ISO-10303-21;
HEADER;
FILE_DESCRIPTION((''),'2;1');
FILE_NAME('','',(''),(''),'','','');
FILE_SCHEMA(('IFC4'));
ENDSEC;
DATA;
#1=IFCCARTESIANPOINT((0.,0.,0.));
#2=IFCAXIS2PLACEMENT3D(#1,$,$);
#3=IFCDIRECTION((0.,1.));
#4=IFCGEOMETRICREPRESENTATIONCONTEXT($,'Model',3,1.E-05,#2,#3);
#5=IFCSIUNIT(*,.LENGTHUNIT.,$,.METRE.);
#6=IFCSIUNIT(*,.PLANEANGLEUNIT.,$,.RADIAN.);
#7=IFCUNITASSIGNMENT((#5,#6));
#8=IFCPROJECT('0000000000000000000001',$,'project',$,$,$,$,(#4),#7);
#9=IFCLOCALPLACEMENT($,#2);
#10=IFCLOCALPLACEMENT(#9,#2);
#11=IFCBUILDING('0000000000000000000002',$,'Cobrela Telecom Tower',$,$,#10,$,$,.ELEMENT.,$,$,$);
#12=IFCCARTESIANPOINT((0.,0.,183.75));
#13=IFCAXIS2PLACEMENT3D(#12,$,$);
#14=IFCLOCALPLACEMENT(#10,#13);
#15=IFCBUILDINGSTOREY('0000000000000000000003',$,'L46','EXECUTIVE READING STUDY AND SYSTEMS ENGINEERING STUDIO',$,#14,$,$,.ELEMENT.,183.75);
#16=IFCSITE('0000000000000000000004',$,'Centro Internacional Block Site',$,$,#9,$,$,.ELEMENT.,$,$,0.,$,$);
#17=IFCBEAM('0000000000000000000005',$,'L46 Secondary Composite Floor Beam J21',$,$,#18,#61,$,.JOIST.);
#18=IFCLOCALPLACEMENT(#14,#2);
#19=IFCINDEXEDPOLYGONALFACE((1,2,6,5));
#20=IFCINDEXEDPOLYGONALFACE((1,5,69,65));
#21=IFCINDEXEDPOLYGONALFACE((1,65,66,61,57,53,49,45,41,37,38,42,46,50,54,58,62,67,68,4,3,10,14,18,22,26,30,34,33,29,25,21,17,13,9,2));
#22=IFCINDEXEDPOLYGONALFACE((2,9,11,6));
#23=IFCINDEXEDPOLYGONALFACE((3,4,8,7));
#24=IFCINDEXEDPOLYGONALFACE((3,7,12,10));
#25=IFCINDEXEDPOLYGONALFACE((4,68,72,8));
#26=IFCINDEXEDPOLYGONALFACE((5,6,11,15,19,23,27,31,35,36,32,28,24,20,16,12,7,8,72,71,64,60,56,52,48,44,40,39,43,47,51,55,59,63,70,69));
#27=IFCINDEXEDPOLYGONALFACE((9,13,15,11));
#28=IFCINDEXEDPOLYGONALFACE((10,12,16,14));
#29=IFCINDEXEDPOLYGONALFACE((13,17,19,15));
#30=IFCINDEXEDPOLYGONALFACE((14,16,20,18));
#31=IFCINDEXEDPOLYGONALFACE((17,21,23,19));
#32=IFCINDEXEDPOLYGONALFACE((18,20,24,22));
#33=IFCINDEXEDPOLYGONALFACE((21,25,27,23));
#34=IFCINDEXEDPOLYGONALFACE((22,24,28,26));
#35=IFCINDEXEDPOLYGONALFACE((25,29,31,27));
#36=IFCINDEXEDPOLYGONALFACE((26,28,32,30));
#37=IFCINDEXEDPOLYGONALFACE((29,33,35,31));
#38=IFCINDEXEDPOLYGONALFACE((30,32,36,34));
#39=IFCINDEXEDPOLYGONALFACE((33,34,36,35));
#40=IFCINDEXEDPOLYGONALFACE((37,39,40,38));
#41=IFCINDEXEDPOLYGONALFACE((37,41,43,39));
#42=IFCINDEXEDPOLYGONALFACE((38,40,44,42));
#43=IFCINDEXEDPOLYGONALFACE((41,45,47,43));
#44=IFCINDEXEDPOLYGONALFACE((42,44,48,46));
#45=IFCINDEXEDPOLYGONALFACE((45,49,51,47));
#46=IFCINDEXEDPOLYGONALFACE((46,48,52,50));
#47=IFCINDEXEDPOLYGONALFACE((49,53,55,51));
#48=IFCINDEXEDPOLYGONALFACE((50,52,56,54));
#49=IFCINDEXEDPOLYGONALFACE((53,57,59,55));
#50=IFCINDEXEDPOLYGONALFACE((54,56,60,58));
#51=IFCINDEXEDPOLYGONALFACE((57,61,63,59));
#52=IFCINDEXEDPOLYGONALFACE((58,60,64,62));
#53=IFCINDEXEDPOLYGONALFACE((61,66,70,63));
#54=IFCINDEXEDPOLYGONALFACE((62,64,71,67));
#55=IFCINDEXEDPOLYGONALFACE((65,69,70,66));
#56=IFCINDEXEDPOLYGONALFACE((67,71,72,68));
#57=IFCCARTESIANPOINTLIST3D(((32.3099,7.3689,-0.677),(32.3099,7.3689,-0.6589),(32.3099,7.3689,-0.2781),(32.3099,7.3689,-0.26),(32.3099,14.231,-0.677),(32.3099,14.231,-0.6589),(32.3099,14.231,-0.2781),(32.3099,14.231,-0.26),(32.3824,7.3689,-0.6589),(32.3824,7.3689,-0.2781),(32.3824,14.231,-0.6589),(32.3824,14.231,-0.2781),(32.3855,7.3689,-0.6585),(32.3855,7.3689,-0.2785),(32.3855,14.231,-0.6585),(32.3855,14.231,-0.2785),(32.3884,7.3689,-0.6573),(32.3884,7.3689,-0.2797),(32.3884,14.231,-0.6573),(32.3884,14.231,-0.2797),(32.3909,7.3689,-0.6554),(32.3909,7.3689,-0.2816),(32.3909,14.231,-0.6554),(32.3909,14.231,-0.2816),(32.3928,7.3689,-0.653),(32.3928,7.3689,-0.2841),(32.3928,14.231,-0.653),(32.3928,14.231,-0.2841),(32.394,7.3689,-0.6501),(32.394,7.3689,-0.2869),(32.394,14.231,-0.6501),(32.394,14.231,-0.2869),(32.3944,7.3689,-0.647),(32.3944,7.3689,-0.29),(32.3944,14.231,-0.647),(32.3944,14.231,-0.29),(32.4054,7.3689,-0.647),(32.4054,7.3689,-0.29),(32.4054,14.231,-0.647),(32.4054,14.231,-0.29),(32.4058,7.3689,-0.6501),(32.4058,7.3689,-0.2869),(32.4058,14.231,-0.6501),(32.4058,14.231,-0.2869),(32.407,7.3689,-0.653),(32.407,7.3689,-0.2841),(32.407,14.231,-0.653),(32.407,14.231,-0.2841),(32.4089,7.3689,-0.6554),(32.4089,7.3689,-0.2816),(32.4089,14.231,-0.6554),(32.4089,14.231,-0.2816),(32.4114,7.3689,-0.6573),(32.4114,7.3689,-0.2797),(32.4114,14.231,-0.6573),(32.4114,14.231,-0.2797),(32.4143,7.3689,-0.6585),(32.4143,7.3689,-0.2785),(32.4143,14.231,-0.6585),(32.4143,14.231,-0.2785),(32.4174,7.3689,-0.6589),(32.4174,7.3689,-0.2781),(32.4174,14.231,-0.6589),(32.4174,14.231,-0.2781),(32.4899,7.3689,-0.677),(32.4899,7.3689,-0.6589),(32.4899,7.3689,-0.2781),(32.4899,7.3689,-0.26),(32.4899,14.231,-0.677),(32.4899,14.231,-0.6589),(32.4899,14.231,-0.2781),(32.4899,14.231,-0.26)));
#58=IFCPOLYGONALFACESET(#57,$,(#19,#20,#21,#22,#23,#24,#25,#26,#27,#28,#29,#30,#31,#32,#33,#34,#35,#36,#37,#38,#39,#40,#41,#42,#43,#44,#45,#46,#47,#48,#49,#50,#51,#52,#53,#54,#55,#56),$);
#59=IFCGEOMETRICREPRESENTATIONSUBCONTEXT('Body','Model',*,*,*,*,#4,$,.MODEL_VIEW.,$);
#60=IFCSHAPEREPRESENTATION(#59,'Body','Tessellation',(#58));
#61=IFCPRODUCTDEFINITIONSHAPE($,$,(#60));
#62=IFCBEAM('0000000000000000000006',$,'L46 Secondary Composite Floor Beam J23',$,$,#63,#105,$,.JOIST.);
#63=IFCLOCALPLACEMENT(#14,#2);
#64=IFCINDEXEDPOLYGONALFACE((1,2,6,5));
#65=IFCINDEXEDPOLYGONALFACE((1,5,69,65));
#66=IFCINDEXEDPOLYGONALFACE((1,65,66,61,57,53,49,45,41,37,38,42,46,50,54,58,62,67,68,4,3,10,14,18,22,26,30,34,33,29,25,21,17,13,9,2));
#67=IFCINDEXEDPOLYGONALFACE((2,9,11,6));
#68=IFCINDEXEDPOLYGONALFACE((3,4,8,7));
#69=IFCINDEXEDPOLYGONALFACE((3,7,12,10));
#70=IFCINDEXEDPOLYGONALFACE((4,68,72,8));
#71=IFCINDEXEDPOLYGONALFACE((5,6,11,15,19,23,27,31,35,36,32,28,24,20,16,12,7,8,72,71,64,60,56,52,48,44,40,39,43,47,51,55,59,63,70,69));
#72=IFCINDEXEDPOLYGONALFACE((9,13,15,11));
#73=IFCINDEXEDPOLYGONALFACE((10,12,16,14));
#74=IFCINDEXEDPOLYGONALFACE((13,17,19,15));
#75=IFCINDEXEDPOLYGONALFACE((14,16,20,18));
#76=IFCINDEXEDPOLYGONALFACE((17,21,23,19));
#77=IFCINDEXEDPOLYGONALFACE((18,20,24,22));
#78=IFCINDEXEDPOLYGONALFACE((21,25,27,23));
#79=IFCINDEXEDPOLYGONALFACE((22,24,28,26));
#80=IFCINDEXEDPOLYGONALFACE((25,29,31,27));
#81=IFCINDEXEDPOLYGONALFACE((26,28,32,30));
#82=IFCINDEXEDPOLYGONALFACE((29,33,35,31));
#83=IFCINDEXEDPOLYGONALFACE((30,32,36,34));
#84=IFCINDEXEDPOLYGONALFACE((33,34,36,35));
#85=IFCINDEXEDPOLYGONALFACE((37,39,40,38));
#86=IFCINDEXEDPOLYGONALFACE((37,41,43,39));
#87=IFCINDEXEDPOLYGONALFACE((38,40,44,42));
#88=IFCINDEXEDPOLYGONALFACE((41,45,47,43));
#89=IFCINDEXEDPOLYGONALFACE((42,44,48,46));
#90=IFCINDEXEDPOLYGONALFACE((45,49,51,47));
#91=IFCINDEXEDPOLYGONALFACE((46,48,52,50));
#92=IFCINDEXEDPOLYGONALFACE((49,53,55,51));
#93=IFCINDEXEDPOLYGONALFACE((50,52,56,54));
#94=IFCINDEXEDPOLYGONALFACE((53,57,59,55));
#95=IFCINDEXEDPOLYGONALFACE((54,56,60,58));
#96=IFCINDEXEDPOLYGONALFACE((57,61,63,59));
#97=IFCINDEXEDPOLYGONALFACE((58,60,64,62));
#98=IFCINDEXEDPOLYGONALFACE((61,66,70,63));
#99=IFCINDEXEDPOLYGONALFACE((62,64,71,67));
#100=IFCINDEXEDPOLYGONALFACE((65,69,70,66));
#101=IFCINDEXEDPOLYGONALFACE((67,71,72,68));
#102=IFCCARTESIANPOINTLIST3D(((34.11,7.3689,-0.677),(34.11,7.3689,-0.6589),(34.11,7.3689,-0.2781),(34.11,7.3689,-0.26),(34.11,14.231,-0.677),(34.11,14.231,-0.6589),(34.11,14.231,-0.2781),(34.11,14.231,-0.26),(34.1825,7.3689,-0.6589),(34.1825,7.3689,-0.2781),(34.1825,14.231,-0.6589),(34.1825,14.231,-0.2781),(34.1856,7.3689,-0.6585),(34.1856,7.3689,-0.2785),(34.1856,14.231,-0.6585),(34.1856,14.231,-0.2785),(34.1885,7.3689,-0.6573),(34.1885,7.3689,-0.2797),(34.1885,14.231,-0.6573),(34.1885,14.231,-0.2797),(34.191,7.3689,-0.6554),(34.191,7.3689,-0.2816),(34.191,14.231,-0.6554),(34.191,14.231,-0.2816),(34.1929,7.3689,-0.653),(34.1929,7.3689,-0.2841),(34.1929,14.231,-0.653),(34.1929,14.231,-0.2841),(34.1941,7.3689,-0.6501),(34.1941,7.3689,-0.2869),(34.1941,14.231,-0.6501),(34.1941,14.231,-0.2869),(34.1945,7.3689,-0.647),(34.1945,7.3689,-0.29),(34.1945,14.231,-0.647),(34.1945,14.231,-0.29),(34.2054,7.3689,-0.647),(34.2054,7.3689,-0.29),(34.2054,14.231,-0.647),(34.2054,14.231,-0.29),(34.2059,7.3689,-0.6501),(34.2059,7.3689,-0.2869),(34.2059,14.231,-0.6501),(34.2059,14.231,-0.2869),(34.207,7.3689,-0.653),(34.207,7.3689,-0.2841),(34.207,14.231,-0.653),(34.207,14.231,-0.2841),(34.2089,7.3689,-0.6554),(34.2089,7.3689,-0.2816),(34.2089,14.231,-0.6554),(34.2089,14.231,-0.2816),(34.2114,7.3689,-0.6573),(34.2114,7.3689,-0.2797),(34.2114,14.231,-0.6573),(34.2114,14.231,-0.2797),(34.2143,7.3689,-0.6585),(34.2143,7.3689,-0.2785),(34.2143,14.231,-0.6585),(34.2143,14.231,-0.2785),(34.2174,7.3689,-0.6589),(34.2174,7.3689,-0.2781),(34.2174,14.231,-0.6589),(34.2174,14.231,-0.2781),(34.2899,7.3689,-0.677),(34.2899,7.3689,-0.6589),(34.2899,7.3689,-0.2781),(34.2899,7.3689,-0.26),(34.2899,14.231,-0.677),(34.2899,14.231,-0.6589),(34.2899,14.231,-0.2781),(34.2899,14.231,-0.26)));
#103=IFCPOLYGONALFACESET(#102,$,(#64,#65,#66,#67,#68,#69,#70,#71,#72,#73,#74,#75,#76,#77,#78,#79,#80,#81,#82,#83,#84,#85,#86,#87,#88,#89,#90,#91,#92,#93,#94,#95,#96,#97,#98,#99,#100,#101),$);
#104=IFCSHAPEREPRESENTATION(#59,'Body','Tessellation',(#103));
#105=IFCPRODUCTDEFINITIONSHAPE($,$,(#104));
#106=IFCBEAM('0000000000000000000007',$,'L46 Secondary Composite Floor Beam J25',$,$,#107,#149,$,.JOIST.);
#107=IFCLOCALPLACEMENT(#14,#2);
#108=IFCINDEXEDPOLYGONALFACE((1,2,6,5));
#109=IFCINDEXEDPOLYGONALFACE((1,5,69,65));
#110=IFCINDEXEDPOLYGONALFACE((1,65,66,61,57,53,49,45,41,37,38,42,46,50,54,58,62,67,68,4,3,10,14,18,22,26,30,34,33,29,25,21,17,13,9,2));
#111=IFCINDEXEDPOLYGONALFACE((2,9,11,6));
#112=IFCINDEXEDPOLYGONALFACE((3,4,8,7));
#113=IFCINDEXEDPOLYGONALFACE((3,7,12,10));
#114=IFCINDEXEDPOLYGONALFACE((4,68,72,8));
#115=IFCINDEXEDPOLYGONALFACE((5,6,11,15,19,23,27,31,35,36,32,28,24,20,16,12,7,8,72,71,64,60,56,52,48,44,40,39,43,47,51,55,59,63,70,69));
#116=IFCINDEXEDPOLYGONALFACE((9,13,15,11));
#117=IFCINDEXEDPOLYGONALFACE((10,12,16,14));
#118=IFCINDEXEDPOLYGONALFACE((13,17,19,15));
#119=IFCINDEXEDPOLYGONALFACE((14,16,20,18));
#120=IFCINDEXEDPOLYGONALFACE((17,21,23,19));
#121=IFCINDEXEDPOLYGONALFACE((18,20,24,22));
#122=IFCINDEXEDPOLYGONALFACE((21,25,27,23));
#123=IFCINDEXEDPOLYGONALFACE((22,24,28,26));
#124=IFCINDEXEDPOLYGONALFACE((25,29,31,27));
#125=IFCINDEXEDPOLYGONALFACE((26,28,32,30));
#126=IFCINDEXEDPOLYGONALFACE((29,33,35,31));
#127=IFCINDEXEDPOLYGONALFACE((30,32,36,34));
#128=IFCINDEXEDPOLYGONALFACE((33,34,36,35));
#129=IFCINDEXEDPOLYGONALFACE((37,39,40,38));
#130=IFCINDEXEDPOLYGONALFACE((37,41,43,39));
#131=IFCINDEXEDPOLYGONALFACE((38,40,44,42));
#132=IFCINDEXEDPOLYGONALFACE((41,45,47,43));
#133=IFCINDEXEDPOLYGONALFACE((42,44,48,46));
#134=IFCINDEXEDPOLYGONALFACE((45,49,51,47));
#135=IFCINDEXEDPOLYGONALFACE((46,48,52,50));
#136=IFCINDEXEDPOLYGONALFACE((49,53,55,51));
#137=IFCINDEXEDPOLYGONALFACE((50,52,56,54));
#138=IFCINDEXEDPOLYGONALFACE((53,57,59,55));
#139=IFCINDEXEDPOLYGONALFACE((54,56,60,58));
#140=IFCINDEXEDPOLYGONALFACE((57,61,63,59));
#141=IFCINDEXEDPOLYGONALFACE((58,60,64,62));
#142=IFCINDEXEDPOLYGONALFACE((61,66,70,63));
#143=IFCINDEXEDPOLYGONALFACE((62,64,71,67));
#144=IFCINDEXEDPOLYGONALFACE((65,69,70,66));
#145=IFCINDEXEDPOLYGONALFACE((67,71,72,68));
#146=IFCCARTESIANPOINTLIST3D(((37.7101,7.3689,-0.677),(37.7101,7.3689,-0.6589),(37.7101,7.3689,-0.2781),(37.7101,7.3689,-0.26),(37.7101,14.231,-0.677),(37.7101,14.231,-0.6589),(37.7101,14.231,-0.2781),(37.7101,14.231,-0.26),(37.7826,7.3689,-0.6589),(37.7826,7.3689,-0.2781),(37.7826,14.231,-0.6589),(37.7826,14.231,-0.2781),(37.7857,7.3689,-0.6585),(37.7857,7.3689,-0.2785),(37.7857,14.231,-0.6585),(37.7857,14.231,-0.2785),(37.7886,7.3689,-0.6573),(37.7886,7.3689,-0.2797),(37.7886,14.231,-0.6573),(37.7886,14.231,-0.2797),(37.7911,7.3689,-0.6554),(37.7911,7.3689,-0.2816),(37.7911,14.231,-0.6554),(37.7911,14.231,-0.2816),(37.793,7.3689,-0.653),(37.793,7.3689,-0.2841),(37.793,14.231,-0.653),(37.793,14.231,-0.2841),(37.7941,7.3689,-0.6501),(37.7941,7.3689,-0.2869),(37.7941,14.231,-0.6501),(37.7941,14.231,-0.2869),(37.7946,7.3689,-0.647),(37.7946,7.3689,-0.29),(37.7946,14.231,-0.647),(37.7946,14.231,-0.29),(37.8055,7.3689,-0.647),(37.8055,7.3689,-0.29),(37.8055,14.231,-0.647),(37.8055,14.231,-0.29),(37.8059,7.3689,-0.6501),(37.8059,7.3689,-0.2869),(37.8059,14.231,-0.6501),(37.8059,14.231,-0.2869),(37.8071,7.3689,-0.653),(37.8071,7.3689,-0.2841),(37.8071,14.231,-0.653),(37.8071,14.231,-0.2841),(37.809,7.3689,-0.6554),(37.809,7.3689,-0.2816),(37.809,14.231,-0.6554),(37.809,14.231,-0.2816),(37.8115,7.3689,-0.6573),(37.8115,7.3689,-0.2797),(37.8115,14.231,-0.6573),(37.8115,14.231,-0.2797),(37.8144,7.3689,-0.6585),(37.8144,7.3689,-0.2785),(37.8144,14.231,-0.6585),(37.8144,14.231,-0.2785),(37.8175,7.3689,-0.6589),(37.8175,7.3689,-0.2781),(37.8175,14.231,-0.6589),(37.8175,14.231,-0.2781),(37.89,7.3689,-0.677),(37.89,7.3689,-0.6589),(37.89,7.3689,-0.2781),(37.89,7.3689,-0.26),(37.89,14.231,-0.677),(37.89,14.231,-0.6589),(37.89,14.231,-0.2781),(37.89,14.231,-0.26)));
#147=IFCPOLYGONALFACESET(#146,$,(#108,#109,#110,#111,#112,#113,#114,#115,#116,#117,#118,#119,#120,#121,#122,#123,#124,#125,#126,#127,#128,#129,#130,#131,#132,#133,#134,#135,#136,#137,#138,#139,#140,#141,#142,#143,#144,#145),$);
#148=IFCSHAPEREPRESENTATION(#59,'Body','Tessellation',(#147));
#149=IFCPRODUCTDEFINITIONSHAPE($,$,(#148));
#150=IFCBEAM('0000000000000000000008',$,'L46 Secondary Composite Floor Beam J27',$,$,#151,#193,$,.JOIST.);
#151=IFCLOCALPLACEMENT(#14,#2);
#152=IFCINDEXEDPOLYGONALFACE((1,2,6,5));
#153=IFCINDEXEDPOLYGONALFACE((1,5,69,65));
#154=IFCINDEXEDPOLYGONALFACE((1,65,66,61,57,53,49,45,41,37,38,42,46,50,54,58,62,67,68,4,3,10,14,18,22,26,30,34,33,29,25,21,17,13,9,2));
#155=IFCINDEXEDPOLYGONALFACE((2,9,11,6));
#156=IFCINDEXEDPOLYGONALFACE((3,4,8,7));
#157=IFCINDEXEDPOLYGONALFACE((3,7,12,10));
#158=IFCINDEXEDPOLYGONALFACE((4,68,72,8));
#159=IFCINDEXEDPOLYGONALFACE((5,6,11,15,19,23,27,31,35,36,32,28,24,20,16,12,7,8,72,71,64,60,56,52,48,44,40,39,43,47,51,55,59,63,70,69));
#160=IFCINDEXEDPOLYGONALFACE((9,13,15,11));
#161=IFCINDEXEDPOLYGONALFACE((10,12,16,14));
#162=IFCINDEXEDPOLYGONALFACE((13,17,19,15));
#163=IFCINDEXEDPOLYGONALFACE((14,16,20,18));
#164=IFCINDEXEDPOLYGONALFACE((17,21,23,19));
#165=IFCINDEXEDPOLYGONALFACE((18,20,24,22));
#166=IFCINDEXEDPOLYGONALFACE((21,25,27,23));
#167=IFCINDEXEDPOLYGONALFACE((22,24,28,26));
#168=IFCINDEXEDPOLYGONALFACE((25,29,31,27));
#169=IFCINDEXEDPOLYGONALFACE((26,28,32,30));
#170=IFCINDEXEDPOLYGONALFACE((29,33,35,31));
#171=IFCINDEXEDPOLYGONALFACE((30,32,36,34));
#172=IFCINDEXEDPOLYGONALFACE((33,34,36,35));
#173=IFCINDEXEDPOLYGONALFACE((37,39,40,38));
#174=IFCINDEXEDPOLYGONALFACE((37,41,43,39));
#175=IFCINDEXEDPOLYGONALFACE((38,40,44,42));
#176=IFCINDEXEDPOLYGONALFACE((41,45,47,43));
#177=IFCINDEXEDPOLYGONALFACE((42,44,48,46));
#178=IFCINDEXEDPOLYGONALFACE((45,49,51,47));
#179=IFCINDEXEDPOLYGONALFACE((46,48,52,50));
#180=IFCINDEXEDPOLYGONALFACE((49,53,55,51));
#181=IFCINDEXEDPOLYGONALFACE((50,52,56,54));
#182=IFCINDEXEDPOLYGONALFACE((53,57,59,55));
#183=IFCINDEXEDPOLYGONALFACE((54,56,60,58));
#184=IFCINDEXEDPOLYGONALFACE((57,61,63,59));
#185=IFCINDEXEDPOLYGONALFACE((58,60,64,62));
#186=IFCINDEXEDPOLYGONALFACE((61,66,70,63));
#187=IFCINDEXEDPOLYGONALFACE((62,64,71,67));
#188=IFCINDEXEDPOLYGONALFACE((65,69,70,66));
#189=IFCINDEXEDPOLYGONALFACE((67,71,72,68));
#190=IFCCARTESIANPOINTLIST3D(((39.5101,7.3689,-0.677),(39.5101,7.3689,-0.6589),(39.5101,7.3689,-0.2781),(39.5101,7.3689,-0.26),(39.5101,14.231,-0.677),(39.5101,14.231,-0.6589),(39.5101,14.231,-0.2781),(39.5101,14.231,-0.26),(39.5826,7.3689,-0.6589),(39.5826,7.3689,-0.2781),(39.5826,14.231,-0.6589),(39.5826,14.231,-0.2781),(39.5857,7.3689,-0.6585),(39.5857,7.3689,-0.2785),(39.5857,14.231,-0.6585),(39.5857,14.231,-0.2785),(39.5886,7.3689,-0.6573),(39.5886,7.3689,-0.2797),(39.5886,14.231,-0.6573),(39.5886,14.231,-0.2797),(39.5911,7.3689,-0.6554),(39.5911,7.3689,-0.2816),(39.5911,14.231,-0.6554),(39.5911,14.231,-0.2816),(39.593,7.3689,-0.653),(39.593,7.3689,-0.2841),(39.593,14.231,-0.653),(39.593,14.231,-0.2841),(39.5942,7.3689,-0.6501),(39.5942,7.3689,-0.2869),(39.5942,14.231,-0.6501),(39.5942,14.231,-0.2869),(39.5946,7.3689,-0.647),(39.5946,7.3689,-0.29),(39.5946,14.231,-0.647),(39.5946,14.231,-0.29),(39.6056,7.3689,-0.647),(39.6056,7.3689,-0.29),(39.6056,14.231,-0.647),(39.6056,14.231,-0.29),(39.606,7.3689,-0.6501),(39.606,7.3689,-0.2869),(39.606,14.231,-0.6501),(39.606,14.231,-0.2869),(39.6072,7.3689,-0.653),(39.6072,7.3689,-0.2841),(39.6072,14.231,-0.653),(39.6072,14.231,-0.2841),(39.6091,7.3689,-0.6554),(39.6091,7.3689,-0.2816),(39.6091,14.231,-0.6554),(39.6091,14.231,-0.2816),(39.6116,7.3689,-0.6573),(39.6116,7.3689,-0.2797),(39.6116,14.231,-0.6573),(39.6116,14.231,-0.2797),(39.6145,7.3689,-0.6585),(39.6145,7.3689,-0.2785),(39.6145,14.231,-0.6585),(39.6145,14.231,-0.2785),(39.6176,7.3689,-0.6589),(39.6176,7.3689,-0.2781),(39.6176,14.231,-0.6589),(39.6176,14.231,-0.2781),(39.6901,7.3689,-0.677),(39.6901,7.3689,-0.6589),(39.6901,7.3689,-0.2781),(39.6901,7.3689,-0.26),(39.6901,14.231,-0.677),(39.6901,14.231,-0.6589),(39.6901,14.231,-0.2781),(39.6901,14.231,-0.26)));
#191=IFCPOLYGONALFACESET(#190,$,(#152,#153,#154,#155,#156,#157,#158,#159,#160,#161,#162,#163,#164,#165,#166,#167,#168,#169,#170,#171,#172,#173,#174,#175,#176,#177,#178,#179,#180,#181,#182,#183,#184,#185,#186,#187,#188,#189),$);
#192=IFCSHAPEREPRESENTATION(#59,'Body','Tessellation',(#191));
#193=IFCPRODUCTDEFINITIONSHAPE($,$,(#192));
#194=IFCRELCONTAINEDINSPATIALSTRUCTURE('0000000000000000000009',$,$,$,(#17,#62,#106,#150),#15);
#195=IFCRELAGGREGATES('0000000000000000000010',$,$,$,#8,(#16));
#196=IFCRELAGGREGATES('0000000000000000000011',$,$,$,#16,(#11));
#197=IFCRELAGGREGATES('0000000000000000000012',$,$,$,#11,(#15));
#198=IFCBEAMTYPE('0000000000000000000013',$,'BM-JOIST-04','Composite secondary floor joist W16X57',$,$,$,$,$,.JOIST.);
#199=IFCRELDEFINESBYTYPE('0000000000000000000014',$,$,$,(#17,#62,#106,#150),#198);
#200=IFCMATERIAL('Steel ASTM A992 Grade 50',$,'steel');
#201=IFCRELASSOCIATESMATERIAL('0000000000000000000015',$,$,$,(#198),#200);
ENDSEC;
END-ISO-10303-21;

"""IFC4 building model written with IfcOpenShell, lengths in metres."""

from ifc_helpers import new_model, si_unit, direction, frame, origin, origin_2d, place, context, subcontext, project, spatial, i_section, extrude, material, material_profile, profile_set, type_object, element, save


model = new_model("IFC4")

# Units and contexts
model_context = context("Model", 3, precision=1e-05, world=origin(), true_north=direction((0.0, 1.0)))
body_context = subcontext(model_context, "Body", "Model", "MODEL_VIEW")
ifc_project = project(units=[si_unit("LENGTHUNIT", "METRE"), si_unit("PLANEANGLEUNIT", "RADIAN")], contexts=[model_context])

# Site, building, storey
site_placement = place(None, origin())
site = spatial("IfcSite", under=ifc_project, at=site_placement, Name="Centro Internacional Block Site", CompositionType="ELEMENT", RefElevation=0.0)
building_placement = place(site_placement, origin())
building = spatial("IfcBuilding", under=site, at=building_placement, Name="Cobrela Telecom Tower", CompositionType="ELEMENT")
storey_placement = place(building_placement, frame((0.0, 0.0, 183.75)))
storey = spatial("IfcBuildingStorey", under=building, at=storey_placement, Name="L46", Description="EXECUTIVE READING STUDY AND SYSTEMS ENGINEERING STUDIO", CompositionType="ELEMENT", Elevation=183.75)

# Shared definitions
ifc_material_1 = material(Name="Steel ASTM A992 Grade 50", Category="steel")

# Beams
ifc_material_profile_1 = material_profile(ifc_material_1, i_section(OverallWidth=0.1799, OverallDepth=0.417, WebThickness=0.011, FlangeThickness=0.0181, FilletRadius=0.012, at=origin_2d()), Name="W16X57")
ifc_profile_set_1 = profile_set([ifc_material_profile_1], Name="Steel ASTM A992 Grade 50")
beam_type_1 = type_object("IfcBeamType", Name="BM-JOIST-04", Description="Composite secondary floor joist W16X57", PredefinedType="JOIST", material=ifc_profile_set_1)
for number, where, z_axis, x_axis, name in (
    (1, (32.3999, 7.3689, -0.4685), (0.0, 1.0, 0.0), (-1.0, 0.0, 0.0), "L46 Secondary Composite Floor Beam J21"),
    (2, (34.2, 7.3689, -0.4685), (0.0, 1.0, 0.0), (-1.0, 0.0, 0.0), "L46 Secondary Composite Floor Beam J23"),
    (3, (37.8, 7.3689, -0.4685), (0.0, 1.0, 0.0), (-1.0, 0.0, 0.0), "L46 Secondary Composite Floor Beam J25"),
    (4, (39.6001, 7.3689, -0.4685), (0.0, 1.0, 0.0), (-1.0, 0.0, 0.0), "L46 Secondary Composite Floor Beam J27"),
):
    element("IfcBeam", number, at=place(storey_placement, frame(where, z_axis=z_axis, x_axis=x_axis)), inside=storey, type_object=beam_type_1, Name=name, PredefinedType="JOIST", context=body_context, shape_type="SweptSolid", body=[
        extrude(i_section(OverallWidth=0.1799, OverallDepth=0.417, WebThickness=0.011, FlangeThickness=0.0181, FilletRadius=0.012, at=origin_2d()), origin(), (0.0, 0.0, 1.0), 6.8621),
    ])

save(model, "model.ifc")
